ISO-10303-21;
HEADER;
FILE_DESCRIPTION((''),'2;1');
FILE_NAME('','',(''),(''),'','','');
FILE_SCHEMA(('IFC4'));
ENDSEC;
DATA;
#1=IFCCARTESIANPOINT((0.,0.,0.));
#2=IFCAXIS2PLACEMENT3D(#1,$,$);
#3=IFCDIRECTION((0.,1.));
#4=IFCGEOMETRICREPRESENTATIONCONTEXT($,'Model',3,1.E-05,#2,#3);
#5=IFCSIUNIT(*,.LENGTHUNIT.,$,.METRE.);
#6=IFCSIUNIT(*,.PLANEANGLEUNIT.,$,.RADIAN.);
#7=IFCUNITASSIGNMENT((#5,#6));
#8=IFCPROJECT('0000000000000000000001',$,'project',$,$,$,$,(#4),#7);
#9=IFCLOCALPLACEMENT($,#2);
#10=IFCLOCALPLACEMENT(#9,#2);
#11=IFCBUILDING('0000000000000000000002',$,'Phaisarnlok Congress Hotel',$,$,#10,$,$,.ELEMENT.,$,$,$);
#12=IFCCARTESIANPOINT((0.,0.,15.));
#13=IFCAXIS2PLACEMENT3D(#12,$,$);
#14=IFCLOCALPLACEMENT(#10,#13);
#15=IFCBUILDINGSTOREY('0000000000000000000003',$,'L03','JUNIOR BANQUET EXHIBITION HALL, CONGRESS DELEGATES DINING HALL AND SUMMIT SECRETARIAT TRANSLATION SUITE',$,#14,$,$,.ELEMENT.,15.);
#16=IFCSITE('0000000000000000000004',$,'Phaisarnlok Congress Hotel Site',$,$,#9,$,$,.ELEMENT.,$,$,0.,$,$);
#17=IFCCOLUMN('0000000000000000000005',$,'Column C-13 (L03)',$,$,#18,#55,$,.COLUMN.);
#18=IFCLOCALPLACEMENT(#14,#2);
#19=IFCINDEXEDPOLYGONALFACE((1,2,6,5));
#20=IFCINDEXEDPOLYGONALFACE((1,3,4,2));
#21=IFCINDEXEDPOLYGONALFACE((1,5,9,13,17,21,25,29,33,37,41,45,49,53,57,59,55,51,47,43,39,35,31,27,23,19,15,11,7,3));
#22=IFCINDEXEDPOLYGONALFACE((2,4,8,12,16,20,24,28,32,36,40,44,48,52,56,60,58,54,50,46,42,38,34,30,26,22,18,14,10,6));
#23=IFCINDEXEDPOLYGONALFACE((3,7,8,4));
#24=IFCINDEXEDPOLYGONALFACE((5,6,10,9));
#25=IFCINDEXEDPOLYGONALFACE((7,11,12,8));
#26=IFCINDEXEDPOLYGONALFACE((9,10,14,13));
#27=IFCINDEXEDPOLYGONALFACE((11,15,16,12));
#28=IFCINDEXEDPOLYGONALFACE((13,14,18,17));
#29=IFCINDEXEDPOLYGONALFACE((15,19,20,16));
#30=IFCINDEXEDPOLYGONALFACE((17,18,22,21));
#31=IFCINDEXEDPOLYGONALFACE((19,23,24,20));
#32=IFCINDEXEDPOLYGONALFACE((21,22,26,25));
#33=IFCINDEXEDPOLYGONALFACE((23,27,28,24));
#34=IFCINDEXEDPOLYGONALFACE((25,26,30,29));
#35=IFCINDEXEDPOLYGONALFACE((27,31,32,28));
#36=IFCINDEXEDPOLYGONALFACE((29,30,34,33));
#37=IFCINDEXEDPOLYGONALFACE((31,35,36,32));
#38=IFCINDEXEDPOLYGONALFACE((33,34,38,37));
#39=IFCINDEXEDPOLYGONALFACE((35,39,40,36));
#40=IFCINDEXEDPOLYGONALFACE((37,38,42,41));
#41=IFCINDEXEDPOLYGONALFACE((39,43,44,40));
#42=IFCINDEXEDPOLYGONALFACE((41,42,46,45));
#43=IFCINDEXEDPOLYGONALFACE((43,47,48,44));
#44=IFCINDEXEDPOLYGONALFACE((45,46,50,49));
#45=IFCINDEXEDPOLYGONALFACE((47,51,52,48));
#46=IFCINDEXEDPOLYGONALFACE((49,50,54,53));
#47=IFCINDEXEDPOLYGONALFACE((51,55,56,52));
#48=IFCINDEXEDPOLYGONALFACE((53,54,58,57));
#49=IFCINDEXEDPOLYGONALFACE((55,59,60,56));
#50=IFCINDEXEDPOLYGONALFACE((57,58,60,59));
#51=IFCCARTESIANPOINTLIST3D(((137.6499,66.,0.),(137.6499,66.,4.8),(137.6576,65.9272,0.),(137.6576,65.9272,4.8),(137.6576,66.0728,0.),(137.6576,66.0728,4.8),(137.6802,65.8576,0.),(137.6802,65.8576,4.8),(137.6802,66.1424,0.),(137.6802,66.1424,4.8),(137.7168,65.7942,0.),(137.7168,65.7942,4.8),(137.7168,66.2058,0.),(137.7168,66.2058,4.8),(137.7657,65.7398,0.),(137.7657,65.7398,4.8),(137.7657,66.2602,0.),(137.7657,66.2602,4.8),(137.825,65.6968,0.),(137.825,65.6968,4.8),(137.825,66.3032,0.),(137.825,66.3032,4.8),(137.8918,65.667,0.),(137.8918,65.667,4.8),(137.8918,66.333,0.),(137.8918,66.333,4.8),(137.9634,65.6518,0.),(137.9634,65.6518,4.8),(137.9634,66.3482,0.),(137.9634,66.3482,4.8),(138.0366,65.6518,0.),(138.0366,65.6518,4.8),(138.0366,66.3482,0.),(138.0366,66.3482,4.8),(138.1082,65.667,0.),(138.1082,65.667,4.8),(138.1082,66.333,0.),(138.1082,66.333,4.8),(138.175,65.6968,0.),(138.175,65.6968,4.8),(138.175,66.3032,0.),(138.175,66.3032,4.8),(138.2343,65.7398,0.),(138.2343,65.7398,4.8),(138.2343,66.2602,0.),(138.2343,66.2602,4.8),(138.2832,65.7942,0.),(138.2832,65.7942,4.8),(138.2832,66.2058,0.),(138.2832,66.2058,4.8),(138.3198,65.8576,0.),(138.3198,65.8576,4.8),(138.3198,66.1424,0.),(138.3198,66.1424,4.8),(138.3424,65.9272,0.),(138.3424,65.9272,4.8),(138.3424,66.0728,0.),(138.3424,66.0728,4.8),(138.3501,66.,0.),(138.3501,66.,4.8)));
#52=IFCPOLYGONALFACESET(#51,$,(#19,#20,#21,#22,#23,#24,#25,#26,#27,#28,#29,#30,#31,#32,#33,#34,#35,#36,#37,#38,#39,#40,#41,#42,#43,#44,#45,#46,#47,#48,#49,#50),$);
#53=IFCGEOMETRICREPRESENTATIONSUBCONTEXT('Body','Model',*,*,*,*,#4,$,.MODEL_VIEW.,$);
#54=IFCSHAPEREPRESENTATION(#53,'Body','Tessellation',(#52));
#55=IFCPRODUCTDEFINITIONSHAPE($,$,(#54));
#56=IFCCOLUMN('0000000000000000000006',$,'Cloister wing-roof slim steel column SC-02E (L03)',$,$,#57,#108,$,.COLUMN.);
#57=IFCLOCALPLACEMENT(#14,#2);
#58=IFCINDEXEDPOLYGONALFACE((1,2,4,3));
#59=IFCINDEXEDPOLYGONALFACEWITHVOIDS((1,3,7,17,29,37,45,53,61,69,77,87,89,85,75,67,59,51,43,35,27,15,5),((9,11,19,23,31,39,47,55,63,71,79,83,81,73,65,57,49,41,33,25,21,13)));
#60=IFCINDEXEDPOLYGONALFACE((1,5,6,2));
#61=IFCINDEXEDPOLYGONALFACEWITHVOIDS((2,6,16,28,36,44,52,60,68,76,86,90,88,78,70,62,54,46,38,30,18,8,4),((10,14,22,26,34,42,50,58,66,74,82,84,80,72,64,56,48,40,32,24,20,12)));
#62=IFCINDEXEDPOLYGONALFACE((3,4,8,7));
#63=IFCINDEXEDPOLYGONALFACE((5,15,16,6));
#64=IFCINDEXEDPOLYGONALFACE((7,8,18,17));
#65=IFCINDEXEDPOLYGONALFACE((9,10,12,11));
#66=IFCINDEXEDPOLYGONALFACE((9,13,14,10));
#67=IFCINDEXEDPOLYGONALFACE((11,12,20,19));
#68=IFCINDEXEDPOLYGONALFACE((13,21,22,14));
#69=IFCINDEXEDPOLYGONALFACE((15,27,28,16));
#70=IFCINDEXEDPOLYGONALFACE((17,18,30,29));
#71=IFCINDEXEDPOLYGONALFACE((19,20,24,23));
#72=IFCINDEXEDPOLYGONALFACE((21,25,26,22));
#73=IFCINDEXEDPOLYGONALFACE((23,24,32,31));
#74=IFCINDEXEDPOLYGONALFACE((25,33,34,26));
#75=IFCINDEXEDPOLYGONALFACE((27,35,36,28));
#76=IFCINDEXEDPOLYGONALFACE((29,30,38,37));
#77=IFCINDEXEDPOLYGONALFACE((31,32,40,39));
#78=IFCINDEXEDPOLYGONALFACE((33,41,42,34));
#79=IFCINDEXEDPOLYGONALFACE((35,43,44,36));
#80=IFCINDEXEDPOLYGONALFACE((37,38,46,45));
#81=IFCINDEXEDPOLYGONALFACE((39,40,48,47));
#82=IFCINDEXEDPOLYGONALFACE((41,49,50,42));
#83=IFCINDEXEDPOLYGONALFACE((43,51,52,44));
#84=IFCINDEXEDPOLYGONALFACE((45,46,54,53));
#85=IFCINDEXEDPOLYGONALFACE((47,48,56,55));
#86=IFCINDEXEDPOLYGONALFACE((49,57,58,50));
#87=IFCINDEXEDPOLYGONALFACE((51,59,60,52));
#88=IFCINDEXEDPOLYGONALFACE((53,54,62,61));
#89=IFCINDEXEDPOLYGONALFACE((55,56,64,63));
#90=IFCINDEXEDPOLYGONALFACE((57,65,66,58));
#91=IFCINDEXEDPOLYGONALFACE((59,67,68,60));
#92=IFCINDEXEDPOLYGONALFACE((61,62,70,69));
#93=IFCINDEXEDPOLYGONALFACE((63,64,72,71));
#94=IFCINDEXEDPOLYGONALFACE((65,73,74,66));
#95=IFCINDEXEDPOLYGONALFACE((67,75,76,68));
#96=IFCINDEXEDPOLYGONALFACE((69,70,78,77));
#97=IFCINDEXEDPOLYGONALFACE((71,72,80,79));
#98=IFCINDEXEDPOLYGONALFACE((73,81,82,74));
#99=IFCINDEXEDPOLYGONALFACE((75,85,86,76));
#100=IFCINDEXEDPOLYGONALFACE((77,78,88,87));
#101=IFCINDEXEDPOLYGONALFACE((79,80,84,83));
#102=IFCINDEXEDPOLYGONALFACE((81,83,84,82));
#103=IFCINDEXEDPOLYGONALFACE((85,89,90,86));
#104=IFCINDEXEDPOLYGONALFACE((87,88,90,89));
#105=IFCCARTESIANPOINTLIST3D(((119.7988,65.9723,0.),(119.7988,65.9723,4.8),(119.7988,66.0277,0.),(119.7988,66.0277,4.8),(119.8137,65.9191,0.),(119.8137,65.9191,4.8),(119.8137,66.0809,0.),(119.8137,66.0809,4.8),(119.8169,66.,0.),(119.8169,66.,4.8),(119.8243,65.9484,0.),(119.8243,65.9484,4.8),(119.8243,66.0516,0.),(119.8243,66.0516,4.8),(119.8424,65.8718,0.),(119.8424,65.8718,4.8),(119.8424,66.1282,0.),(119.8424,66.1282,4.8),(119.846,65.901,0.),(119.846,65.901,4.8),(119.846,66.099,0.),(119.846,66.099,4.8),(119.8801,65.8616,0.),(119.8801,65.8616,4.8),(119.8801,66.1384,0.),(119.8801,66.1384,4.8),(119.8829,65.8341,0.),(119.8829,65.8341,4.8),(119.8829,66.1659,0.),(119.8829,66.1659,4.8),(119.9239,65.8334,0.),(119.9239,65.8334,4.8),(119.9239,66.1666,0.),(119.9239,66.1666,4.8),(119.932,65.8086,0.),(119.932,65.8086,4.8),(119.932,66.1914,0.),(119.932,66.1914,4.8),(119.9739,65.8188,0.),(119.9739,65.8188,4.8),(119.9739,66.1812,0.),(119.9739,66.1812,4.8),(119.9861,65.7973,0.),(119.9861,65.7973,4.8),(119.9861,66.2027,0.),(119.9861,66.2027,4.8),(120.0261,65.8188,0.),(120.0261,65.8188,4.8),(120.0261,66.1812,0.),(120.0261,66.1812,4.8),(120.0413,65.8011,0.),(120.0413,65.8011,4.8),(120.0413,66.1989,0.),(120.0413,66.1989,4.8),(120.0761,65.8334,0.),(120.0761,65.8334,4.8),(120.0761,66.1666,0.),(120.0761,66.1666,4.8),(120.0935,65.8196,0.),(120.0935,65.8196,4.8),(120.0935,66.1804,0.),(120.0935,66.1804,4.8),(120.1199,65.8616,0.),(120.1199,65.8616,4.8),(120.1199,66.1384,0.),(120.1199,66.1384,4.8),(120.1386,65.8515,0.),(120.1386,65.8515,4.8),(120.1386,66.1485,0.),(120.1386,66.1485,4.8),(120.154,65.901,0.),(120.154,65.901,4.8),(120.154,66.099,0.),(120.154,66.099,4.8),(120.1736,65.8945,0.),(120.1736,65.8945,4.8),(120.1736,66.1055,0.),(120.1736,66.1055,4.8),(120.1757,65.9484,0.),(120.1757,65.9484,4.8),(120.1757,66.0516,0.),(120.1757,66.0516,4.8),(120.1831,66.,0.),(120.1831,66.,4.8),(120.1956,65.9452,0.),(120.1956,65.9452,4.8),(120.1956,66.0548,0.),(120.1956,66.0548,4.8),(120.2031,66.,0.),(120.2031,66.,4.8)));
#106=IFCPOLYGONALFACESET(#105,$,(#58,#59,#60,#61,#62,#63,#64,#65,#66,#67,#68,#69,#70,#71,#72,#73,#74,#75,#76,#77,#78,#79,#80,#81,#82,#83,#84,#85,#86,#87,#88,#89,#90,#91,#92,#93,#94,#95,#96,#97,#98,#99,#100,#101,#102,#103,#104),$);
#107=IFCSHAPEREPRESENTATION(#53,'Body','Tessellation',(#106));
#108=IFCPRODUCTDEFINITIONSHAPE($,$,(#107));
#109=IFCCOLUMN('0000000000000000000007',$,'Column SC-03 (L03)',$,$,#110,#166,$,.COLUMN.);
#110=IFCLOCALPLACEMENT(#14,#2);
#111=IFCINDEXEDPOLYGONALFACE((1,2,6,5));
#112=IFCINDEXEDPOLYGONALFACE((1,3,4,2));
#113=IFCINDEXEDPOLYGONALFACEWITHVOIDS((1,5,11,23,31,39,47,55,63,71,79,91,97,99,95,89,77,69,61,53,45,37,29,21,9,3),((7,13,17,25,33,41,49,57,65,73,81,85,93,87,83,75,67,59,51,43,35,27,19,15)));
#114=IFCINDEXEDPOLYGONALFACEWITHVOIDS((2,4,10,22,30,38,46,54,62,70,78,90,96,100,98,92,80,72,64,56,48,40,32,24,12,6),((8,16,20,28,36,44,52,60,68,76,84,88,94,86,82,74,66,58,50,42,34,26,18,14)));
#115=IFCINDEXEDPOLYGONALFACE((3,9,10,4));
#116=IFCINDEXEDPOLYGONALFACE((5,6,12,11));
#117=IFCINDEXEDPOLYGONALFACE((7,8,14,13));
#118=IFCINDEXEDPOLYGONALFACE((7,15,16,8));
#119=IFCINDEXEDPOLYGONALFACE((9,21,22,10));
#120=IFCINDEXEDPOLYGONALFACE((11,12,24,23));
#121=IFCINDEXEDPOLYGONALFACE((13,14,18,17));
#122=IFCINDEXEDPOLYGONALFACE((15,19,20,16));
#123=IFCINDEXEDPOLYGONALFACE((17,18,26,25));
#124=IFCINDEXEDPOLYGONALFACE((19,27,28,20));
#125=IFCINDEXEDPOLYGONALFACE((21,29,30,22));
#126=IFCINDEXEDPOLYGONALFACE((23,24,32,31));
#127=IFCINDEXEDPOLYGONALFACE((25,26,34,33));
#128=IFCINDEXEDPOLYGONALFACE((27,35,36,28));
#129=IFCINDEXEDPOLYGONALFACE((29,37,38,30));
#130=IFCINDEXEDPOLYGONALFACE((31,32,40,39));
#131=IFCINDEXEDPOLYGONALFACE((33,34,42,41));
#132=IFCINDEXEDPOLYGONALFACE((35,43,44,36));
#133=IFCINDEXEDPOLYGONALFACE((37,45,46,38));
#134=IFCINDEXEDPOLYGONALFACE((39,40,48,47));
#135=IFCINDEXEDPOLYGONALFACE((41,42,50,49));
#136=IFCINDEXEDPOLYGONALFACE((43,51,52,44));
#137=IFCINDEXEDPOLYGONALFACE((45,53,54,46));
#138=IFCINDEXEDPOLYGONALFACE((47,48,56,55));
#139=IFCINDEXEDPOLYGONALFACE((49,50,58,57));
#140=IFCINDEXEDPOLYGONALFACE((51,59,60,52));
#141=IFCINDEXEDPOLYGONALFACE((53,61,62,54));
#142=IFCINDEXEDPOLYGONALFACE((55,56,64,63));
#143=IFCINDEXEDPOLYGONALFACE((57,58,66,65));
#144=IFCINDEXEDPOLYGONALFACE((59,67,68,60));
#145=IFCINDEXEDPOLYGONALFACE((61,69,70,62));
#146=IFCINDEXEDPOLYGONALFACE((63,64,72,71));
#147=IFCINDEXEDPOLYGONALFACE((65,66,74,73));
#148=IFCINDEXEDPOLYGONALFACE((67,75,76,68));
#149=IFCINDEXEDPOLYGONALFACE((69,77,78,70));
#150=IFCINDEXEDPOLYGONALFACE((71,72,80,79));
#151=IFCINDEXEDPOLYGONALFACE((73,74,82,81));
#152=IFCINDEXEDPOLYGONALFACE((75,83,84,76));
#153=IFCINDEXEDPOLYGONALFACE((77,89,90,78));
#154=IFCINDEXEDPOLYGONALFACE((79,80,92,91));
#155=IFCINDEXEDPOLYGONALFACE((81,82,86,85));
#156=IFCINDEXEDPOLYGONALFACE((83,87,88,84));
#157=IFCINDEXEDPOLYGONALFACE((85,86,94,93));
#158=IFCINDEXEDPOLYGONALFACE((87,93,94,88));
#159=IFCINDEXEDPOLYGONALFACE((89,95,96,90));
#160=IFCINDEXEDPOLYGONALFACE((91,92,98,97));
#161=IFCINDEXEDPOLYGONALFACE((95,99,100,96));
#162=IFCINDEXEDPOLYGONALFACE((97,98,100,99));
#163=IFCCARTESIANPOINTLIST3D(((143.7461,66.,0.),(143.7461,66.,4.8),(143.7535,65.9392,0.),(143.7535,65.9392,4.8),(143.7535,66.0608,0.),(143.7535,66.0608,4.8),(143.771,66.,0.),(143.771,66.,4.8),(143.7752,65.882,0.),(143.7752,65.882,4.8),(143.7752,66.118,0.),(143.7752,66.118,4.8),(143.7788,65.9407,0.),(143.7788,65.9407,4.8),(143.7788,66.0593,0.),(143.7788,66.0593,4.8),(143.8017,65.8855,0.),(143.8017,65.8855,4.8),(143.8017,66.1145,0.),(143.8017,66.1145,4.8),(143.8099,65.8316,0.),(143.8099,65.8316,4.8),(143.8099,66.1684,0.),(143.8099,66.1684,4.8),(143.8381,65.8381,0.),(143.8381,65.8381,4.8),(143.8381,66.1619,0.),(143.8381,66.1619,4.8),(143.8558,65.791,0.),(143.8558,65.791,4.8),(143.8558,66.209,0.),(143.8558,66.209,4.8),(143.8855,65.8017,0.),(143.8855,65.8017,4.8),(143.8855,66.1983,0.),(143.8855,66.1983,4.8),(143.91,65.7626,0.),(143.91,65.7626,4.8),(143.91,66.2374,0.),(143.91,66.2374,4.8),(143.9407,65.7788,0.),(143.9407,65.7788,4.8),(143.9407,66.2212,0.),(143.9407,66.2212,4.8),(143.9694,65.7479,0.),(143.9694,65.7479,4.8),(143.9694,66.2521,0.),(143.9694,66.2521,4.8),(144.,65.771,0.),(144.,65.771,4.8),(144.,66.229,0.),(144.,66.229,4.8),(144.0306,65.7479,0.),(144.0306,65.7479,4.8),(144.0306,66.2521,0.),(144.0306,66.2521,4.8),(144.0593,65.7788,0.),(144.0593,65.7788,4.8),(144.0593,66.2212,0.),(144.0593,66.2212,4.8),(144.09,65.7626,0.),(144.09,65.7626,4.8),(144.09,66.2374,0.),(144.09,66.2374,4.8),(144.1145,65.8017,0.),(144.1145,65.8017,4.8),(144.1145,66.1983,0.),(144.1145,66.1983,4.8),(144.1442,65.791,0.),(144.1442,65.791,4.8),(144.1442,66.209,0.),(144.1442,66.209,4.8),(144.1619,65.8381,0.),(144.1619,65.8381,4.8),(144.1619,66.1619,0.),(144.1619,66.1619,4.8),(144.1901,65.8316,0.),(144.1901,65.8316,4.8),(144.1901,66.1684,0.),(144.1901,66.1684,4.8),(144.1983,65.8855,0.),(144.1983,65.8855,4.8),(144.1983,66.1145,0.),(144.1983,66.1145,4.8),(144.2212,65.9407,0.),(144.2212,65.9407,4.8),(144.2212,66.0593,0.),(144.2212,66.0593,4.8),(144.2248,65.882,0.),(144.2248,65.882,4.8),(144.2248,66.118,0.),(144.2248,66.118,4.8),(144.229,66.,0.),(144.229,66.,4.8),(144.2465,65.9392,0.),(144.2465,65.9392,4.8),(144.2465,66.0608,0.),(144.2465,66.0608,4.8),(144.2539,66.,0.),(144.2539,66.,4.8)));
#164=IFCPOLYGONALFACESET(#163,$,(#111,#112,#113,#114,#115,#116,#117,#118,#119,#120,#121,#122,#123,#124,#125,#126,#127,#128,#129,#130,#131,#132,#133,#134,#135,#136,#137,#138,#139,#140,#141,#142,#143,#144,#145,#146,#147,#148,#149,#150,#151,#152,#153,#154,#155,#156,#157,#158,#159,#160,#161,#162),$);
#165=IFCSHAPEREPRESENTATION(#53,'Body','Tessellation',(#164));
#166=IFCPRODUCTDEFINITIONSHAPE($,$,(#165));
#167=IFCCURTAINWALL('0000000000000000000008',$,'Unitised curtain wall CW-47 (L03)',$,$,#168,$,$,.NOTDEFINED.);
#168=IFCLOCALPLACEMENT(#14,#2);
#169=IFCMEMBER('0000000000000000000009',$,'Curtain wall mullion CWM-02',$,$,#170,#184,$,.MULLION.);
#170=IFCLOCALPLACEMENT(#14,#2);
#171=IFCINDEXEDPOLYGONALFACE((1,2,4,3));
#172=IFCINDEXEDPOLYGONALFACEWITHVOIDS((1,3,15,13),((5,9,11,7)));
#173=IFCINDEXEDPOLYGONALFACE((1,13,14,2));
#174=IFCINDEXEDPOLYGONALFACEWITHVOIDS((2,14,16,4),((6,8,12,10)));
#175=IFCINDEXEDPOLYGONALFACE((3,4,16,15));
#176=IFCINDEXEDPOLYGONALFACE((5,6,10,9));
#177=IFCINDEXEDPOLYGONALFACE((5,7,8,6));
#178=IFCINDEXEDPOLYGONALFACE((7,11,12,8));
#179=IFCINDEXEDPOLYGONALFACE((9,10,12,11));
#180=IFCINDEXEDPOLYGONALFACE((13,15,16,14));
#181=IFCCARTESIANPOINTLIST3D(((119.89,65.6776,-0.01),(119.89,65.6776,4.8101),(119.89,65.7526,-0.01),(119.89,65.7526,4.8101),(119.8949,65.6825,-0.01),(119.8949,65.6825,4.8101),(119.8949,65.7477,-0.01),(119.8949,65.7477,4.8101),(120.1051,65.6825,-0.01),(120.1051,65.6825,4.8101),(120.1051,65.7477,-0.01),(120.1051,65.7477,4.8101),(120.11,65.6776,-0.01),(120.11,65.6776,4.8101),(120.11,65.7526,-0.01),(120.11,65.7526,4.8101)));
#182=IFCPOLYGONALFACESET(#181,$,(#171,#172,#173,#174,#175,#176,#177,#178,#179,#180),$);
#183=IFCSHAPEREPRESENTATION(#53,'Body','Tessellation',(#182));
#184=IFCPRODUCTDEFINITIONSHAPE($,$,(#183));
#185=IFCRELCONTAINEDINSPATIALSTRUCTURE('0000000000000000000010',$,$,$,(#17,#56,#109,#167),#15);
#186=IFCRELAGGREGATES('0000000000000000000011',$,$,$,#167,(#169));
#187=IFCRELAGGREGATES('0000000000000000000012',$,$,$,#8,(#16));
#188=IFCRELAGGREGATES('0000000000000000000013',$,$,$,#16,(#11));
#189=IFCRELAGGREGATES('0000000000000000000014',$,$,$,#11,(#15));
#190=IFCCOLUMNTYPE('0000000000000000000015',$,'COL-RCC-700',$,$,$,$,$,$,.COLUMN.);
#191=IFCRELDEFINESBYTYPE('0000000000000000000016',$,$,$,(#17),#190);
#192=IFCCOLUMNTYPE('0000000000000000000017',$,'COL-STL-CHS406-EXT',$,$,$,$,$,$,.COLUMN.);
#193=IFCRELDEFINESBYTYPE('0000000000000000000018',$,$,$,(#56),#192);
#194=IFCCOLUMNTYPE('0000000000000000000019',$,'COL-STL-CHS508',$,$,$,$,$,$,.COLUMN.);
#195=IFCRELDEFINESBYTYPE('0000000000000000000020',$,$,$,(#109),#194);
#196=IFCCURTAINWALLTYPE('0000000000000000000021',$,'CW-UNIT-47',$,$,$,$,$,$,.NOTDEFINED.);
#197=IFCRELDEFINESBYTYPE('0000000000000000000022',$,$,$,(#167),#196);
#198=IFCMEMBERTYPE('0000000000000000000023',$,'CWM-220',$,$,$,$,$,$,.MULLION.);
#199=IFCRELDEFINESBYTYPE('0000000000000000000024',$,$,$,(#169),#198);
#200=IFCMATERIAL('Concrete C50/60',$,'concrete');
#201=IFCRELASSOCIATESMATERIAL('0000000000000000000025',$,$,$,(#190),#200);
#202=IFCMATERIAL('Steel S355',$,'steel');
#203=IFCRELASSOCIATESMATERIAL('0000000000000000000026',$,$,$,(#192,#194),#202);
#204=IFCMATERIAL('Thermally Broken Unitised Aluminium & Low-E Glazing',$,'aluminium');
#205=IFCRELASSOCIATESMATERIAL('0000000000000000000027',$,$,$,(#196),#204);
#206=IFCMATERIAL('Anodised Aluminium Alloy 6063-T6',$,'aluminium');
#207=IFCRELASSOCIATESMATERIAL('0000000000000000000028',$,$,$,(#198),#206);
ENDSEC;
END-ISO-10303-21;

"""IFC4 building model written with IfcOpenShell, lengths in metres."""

from ifc_helpers import new_model, si_unit, direction, frame, origin, origin_2d, place, context, subcontext, project, spatial, hollow_rectangle, circle, hollow_circle, extrude, material, material_profile, profile_set, type_object, element, aggregate, save


model = new_model("IFC4")

# Units and contexts
model_context = context("Model", 3, precision=1e-05, world=origin(), true_north=direction((0.0, 1.0)))
body_context = subcontext(model_context, "Body", "Model", "MODEL_VIEW")
ifc_project = project(units=[si_unit("LENGTHUNIT", "METRE"), si_unit("PLANEANGLEUNIT", "RADIAN")], contexts=[model_context])

# Site, building, storey
site_placement = place(None, origin())
site = spatial("IfcSite", under=ifc_project, at=site_placement, Name="Phaisarnlok Congress Hotel Site", CompositionType="ELEMENT", RefElevation=0.0)
building_placement = place(site_placement, origin())
building = spatial("IfcBuilding", under=site, at=building_placement, Name="Phaisarnlok Congress Hotel", CompositionType="ELEMENT")
storey_placement = place(building_placement, frame((0.0, 0.0, 15.0)))
storey = spatial("IfcBuildingStorey", under=building, at=storey_placement, Name="L03", Description="JUNIOR BANQUET EXHIBITION HALL, CONGRESS DELEGATES DINING HALL AND SUMMIT SECRETARIAT TRANSLATION SUITE", CompositionType="ELEMENT", Elevation=15.0)

# Columns
ifc_material_1 = material(Name="Concrete C50/60", Category="concrete")
ifc_material_profile_1 = material_profile(ifc_material_1, circle(Radius=0.3501, at=origin_2d()), Name="RCC D700")
ifc_profile_set_1 = profile_set([ifc_material_profile_1], Name="Concrete C50/60")
column_type_1 = type_object("IfcColumnType", Name="COL-RCC-700", PredefinedType="COLUMN", material=ifc_profile_set_1)
column_1_placement = place(storey_placement, frame((138.0, 66.0, 0.0), z_axis=(0.0, 0.0, 1.0), x_axis=(1.0, 0.0, 0.0)))
element("IfcColumn", 1, at=column_1_placement, inside=storey, type_object=column_type_1, Name="Column C-13 (L03)", PredefinedType="COLUMN", context=body_context, shape_type="SweptSolid", body=[
    extrude(circle(Radius=0.3501, at=origin_2d()), origin(), (0.0, 0.0, 1.0), 4.8),
])
ifc_material_2 = material(Name="Steel S355", Category="steel")
ifc_material_profile_2 = material_profile(ifc_material_2, hollow_circle(Radius=0.2031, WallThickness=0.02, at=origin_2d()), Name="CHS 406.4x20")
ifc_profile_set_2 = profile_set([ifc_material_profile_2], Name="Steel S355")
column_type_2 = type_object("IfcColumnType", Name="COL-STL-CHS406-EXT", PredefinedType="COLUMN", material=ifc_profile_set_2)
column_2_placement = place(storey_placement, frame((120.0, 66.0, 0.0), z_axis=(0.0, 0.0, 1.0), x_axis=(1.0, 0.0, 0.0)))
element("IfcColumn", 2, at=column_2_placement, inside=storey, type_object=column_type_2, Name="Cloister wing-roof slim steel column SC-02E (L03)", PredefinedType="COLUMN", context=body_context, shape_type="SweptSolid", body=[
    extrude(hollow_circle(Radius=0.2031, WallThickness=0.02, at=origin_2d()), origin(), (0.0, 0.0, 1.0), 4.8),
])
ifc_material_profile_3 = material_profile(ifc_material_2, hollow_circle(Radius=0.2539, WallThickness=0.0249, at=origin_2d()), Name="CHS 508x25")
ifc_profile_set_3 = profile_set([ifc_material_profile_3], Name="Steel S355")
column_type_3 = type_object("IfcColumnType", Name="COL-STL-CHS508", PredefinedType="COLUMN", material=ifc_profile_set_3)
column_3_placement = place(storey_placement, frame((144.0, 66.0, 0.0), z_axis=(0.0, 0.0, 1.0), x_axis=(1.0, 0.0, 0.0)))
element("IfcColumn", 3, at=column_3_placement, inside=storey, type_object=column_type_3, Name="Column SC-03 (L03)", PredefinedType="COLUMN", context=body_context, shape_type="SweptSolid", body=[
    extrude(hollow_circle(Radius=0.2539, WallThickness=0.0249, at=origin_2d()), origin(), (0.0, 0.0, 1.0), 4.8),
])

# Curtain wall, member
ifc_material_3 = material(Name="Thermally Broken Unitised Aluminium & Low-E Glazing", Category="aluminium")
curtain_wall_type = type_object("IfcCurtainWallType", Name="CW-UNIT-47", PredefinedType="NOTDEFINED", material=ifc_material_3)
curtain_wall_1_placement = place(storey_placement, origin())
curtain_wall_1 = element("IfcCurtainWall", 4, at=curtain_wall_1_placement, inside=storey, type_object=curtain_wall_type, Name="Unitised curtain wall CW-47 (L03)", PredefinedType="NOTDEFINED")
ifc_material_4 = material(Name="Anodised Aluminium Alloy 6063-T6", Category="aluminium")
ifc_material_profile_4 = material_profile(ifc_material_4, hollow_rectangle(XDim=0.075, YDim=0.22, WallThickness=0.0049, at=origin_2d()), Name="ALU-M 75x220x5")
ifc_profile_set_4 = profile_set([ifc_material_profile_4], Name="Anodised Aluminium Alloy 6063-T6")
member_type_1 = type_object("IfcMemberType", Name="CWM-220", PredefinedType="MULLION", material=ifc_profile_set_4)
member_1_placement = place(storey_placement, frame((120.0, 65.7151, -0.01), z_axis=(0.0, 0.0, 1.0), x_axis=(0.0, -1.0, 0.0)))
member_1 = element("IfcMember", 5, at=member_1_placement, type_object=member_type_1, Name="Curtain wall mullion CWM-02", PredefinedType="MULLION", context=body_context, shape_type="SweptSolid", body=[
    extrude(hollow_rectangle(XDim=0.075, YDim=0.22, WallThickness=0.0049, at=origin_2d()), origin(), (0.0, 0.0, 1.0), 4.8201),
])

aggregate(curtain_wall_1, [member_1])

save(model, "model.ifc")
